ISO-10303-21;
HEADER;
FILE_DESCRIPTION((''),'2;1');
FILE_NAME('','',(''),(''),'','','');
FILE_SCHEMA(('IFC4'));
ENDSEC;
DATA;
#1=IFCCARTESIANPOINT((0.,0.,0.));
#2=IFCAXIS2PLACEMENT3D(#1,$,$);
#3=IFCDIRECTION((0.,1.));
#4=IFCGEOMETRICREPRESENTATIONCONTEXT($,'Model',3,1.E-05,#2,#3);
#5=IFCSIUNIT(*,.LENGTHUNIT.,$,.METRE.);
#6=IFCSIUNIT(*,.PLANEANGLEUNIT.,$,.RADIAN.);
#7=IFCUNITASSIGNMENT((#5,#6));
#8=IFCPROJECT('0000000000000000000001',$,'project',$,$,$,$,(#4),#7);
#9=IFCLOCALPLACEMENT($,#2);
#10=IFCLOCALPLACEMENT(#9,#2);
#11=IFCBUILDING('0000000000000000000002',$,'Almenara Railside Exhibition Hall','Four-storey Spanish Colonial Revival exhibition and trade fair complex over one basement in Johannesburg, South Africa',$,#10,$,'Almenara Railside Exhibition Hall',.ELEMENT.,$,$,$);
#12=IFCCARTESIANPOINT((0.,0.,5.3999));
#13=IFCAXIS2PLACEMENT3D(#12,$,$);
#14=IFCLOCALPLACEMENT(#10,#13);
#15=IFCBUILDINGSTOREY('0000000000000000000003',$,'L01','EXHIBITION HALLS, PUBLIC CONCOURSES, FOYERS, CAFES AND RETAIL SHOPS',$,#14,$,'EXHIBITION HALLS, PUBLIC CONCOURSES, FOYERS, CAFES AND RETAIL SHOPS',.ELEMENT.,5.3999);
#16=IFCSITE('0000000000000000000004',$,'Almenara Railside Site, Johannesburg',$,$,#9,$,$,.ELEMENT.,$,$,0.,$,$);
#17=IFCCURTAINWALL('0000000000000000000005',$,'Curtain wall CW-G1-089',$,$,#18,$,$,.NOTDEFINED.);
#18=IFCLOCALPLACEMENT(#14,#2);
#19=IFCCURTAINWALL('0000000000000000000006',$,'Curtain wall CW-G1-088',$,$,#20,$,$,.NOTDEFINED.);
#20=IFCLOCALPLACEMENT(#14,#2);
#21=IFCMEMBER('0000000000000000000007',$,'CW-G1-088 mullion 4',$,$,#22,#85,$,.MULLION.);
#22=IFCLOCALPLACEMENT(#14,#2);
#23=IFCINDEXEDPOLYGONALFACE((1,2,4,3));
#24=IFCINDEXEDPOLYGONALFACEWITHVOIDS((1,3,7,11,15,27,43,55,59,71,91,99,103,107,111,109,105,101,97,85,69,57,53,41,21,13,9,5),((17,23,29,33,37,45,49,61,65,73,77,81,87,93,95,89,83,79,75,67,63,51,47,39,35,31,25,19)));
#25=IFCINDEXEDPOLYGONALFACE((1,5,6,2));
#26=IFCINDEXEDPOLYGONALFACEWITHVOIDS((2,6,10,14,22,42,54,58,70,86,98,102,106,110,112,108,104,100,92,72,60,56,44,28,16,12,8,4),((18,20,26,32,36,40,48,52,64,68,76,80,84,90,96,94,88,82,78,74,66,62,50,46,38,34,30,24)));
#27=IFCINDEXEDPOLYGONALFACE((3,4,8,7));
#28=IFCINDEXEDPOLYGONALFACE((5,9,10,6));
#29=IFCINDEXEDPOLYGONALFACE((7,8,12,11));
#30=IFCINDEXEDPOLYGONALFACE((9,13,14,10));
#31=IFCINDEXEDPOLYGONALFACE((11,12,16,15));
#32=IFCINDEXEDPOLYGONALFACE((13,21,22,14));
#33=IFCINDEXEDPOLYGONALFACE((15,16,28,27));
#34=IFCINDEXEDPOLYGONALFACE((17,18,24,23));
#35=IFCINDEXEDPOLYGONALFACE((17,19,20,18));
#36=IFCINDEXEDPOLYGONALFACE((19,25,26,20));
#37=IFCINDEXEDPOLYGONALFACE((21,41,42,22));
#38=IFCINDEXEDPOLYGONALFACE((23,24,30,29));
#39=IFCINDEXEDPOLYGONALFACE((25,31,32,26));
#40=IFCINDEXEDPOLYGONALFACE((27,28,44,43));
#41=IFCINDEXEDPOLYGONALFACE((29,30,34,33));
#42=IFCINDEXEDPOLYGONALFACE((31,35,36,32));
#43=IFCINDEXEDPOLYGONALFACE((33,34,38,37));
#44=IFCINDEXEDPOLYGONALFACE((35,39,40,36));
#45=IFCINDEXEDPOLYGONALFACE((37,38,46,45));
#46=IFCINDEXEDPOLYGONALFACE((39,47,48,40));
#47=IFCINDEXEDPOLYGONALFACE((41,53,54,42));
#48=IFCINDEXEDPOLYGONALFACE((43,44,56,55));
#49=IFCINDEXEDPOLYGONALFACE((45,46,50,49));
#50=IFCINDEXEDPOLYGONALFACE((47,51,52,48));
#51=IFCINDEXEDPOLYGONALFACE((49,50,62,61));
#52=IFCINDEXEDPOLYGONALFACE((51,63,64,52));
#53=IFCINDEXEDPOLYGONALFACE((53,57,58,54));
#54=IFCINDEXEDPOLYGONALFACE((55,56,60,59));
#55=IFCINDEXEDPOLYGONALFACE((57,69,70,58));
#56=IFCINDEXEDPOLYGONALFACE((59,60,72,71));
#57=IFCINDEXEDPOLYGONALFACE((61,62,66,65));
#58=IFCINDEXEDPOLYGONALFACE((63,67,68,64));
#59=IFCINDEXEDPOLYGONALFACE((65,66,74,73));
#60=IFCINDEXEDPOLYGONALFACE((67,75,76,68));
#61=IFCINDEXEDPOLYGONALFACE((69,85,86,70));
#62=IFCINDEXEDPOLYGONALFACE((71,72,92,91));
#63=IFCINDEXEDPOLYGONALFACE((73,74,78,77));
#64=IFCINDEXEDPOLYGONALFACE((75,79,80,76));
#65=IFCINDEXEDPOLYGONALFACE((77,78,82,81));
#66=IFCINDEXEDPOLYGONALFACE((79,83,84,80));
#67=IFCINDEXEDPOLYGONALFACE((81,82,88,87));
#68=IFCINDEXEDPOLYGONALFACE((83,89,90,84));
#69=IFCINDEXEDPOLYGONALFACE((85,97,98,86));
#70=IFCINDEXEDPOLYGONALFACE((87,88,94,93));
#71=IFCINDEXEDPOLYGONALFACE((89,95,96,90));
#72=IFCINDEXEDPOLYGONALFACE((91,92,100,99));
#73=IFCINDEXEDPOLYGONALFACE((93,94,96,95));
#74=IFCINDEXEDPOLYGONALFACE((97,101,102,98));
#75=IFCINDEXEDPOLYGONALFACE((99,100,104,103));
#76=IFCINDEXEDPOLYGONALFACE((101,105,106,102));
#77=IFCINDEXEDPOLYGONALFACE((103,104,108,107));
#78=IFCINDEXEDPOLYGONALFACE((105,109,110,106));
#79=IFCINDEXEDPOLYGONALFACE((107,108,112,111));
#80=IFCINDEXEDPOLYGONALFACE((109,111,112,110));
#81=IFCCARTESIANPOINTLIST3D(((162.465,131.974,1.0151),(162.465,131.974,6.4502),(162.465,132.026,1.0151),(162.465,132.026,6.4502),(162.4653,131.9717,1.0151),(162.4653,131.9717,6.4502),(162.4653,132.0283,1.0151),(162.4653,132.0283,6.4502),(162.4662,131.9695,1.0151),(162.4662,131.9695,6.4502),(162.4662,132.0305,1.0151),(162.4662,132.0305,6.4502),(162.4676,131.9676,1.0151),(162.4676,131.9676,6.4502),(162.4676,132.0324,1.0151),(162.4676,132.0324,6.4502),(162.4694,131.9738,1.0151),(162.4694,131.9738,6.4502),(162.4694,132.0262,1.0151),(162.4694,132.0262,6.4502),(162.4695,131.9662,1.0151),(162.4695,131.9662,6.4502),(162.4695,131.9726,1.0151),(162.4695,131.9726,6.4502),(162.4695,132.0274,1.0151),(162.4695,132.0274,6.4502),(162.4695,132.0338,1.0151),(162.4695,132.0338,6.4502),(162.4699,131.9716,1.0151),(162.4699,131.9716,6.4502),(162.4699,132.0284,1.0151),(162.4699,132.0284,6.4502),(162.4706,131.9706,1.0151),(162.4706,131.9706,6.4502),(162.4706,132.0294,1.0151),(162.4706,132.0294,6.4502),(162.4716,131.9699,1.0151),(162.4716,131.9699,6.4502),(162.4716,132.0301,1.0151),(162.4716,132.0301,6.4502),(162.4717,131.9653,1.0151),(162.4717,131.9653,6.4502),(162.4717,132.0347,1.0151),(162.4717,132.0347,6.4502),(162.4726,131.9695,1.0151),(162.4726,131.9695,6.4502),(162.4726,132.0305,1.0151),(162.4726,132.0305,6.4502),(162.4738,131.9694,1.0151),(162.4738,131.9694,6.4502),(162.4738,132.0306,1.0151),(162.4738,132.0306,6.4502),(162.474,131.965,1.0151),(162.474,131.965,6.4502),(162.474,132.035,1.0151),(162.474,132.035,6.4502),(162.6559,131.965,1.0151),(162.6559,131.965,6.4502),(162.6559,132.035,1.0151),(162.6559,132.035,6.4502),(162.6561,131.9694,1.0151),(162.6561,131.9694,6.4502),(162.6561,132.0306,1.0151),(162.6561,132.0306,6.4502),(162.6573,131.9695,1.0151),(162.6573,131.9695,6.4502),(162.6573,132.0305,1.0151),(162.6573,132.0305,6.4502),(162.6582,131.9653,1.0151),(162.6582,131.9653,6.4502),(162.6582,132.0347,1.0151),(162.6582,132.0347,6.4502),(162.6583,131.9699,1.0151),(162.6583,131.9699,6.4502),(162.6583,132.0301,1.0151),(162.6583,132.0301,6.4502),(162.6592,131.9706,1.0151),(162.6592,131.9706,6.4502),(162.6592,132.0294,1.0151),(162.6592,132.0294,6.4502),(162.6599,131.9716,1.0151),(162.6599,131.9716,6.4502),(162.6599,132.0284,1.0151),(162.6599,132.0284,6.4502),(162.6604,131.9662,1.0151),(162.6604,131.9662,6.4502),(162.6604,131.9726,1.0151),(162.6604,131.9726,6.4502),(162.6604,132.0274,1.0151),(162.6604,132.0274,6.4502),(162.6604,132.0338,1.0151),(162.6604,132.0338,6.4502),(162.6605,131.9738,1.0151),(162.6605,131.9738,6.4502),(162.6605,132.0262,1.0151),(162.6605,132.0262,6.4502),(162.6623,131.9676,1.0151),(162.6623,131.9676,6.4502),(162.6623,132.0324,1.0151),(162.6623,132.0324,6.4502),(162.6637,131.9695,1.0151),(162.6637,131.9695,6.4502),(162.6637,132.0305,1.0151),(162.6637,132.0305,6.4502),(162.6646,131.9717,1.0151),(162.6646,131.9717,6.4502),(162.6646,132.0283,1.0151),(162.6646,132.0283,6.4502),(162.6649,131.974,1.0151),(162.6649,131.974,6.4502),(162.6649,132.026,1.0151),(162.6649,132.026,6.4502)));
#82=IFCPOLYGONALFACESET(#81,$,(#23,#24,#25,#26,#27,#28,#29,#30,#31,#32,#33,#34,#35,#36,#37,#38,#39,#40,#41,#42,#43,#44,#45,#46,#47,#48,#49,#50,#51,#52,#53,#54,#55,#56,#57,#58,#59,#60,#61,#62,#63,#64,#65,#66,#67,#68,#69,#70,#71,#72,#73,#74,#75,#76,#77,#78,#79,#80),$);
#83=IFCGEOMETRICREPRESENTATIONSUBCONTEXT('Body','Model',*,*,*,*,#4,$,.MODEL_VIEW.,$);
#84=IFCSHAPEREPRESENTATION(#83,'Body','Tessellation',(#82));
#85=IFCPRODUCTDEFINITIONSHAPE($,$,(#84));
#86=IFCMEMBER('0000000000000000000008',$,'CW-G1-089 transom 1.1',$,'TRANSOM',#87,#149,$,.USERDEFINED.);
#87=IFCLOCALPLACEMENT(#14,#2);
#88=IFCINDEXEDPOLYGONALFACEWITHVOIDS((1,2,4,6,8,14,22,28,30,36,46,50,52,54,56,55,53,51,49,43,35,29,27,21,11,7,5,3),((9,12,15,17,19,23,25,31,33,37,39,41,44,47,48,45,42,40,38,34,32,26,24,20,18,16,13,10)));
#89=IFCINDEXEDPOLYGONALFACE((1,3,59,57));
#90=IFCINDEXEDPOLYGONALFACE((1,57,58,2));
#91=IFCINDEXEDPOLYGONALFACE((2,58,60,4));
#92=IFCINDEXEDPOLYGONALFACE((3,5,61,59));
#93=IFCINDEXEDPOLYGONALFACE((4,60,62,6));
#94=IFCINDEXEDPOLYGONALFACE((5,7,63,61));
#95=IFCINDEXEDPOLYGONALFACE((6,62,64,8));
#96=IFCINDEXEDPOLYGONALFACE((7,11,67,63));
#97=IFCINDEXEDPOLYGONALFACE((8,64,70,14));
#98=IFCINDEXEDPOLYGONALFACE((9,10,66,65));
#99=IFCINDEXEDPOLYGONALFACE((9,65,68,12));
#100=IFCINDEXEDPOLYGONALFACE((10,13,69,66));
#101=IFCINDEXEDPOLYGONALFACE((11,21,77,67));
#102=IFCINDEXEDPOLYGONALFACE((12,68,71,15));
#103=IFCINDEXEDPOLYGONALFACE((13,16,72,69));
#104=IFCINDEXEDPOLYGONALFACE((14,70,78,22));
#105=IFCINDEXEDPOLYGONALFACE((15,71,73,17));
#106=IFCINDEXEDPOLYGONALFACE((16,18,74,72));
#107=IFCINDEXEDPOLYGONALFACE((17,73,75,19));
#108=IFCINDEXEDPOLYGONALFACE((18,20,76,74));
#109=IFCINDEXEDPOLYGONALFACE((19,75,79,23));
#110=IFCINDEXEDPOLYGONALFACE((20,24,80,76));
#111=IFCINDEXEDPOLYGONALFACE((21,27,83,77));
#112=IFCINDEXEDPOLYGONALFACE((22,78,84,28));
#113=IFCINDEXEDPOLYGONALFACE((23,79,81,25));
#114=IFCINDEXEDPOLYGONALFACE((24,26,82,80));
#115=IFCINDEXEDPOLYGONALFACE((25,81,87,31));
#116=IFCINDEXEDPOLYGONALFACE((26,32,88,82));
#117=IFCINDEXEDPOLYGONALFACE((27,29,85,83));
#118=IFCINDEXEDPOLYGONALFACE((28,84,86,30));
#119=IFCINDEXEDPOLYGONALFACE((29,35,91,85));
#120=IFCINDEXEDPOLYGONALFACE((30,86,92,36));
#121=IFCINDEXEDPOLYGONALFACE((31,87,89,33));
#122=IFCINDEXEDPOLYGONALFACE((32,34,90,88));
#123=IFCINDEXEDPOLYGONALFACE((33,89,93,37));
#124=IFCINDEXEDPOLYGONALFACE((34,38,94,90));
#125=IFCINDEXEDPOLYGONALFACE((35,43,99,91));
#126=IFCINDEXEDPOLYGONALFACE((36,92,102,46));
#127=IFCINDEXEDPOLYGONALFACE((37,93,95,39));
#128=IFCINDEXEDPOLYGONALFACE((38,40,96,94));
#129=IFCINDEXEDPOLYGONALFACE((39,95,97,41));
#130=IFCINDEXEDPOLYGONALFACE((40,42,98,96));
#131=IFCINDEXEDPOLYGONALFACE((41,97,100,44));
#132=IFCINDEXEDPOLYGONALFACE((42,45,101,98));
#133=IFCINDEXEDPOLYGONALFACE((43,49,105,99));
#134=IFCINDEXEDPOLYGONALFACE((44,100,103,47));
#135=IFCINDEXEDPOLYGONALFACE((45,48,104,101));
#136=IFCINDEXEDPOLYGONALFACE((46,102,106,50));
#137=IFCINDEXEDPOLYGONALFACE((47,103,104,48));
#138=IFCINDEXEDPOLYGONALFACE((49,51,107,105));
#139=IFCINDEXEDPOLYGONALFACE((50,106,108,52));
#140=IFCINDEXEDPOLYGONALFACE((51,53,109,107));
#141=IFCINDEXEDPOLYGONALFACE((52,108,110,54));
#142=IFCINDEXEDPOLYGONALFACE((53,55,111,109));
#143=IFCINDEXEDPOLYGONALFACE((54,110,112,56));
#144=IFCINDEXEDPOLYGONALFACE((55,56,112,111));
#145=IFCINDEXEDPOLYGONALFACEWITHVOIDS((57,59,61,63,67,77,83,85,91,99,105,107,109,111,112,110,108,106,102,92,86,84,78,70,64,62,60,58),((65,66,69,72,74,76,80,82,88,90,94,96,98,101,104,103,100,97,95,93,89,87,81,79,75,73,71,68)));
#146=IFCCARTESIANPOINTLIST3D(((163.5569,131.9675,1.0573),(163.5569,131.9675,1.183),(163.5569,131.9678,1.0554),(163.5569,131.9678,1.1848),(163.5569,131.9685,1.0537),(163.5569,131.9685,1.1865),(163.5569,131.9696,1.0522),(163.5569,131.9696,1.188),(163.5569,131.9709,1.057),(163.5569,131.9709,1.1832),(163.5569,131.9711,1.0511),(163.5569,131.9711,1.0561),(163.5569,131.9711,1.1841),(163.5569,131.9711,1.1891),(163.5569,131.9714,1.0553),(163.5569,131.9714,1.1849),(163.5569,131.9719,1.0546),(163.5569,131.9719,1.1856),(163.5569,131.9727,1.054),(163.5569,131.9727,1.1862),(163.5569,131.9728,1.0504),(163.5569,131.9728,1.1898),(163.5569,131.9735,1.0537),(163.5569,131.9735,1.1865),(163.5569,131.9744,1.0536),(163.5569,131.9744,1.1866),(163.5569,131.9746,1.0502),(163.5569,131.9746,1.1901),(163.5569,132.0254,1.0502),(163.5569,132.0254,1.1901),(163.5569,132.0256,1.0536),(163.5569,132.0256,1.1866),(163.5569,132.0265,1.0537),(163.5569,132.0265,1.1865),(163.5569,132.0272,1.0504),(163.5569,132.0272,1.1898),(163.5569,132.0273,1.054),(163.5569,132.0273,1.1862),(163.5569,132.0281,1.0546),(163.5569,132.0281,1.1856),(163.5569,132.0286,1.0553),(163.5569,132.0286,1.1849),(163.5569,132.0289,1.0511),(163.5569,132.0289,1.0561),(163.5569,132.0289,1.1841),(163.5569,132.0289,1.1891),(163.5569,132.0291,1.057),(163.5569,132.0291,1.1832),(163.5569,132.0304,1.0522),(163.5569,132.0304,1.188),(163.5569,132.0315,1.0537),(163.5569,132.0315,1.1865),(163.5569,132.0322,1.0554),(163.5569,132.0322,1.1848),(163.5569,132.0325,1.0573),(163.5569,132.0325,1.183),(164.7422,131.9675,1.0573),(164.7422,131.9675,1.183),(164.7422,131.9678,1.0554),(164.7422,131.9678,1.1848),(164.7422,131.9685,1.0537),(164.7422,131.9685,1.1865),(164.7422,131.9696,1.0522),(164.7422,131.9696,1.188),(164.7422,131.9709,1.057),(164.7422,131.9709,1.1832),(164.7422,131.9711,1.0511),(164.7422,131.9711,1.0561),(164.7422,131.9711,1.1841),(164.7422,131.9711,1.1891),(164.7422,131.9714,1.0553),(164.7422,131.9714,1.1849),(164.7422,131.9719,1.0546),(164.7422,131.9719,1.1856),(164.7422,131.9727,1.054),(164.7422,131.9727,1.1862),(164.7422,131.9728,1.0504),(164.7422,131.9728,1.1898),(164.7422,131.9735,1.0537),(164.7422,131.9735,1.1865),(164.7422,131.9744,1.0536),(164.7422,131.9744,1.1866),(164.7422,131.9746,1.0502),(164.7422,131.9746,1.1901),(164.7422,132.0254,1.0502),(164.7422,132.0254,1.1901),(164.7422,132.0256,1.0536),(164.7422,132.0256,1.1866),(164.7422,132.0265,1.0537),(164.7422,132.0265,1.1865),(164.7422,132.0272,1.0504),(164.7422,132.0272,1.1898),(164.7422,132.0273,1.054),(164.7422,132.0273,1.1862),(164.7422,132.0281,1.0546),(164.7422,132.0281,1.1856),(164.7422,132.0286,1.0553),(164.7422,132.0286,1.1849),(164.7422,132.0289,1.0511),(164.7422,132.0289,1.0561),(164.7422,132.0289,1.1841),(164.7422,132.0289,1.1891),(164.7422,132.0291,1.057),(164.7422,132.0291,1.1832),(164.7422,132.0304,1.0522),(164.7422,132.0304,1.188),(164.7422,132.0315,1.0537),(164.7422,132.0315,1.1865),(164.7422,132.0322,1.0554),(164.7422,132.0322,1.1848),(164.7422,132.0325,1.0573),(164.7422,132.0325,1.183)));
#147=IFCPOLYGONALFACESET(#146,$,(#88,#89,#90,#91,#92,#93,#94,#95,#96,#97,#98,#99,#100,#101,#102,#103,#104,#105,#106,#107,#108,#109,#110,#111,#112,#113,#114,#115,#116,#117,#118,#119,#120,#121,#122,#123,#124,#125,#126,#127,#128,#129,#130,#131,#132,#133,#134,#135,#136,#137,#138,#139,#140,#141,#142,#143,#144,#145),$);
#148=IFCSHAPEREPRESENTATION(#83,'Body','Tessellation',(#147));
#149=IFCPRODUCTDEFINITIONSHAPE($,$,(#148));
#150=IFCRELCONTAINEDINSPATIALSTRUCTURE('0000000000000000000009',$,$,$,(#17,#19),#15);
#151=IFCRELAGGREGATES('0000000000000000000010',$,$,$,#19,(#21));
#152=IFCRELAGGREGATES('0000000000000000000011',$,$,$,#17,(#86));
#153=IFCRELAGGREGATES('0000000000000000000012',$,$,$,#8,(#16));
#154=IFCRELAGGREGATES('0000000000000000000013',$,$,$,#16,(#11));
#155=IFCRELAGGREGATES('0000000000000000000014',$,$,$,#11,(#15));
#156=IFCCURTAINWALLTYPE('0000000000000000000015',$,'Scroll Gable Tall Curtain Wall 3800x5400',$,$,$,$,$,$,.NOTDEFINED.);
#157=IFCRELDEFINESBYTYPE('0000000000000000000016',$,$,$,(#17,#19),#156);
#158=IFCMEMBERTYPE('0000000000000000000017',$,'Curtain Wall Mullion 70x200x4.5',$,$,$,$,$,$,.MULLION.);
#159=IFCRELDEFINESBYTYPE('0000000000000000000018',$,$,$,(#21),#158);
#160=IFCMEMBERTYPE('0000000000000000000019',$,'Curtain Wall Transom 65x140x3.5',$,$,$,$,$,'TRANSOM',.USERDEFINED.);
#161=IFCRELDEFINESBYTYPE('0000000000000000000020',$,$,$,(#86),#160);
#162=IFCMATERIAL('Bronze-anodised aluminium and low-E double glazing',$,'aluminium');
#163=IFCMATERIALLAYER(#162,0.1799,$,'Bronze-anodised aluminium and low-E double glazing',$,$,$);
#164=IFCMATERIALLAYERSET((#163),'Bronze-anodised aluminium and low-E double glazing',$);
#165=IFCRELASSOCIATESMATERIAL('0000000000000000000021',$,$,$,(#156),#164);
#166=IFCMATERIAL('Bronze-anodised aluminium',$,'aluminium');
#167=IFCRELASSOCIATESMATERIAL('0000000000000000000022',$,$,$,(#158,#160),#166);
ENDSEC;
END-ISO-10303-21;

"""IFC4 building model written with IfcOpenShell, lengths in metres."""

from ifc_helpers import new_model, si_unit, direction, frame, origin, origin_2d, place, context, subcontext, project, spatial, hollow_rectangle, extrude, material, layer, layer_set, material_profile, profile_set, type_object, element, aggregate, save


model = new_model("IFC4")

# Units and contexts
model_context = context("Model", 3, precision=1e-05, world=origin(), true_north=direction((0.0, 1.0)))
body_context = subcontext(model_context, "Body", "Model", "MODEL_VIEW")
ifc_project = project(units=[si_unit("LENGTHUNIT", "METRE"), si_unit("PLANEANGLEUNIT", "RADIAN")], contexts=[model_context])

# Site, building, storey
site_placement = place(None, origin())
site = spatial("IfcSite", under=ifc_project, at=site_placement, Name="Almenara Railside Site, Johannesburg", CompositionType="ELEMENT", RefElevation=0.0)
building_placement = place(site_placement, origin())
building = spatial("IfcBuilding", under=site, at=building_placement, Name="Almenara Railside Exhibition Hall", Description="Four-storey Spanish Colonial Revival exhibition and trade fair complex over one basement in Johannesburg, South Africa", LongName="Almenara Railside Exhibition Hall", CompositionType="ELEMENT")
storey_placement = place(building_placement, frame((0.0, 0.0, 5.3999)))
storey = spatial("IfcBuildingStorey", under=building, at=storey_placement, Name="L01", Description="EXHIBITION HALLS, PUBLIC CONCOURSES, FOYERS, CAFES AND RETAIL SHOPS", LongName="EXHIBITION HALLS, PUBLIC CONCOURSES, FOYERS, CAFES AND RETAIL SHOPS", CompositionType="ELEMENT", Elevation=5.3999)

# Curtain wall
ifc_material_1 = material(Name="Bronze-anodised aluminium and low-E double glazing", Category="aluminium")
ifc_layer_1 = layer(ifc_material_1, 0.1799, Name="Bronze-anodised aluminium and low-E double glazing")
ifc_layer_set_1 = layer_set([ifc_layer_1], Name="Bronze-anodised aluminium and low-E double glazing")
curtain_wall_type = type_object("IfcCurtainWallType", Name="Scroll Gable Tall Curtain Wall 3800x5400", PredefinedType="NOTDEFINED", material=ifc_layer_set_1)
curtain_wall_1_placement = place(storey_placement, origin())
curtain_wall_1 = element("IfcCurtainWall", 1, at=curtain_wall_1_placement, inside=storey, type_object=curtain_wall_type, Name="Curtain wall CW-G1-089", PredefinedType="NOTDEFINED")
ifc_material_2 = material(Name="Bronze-anodised aluminium", Category="aluminium")

# Curtain wall, member
curtain_wall_2_placement = place(storey_placement, origin())
curtain_wall_2 = element("IfcCurtainWall", 2, at=curtain_wall_2_placement, inside=storey, type_object=curtain_wall_type, Name="Curtain wall CW-G1-088", PredefinedType="NOTDEFINED")
ifc_material_profile_1 = material_profile(ifc_material_2, hollow_rectangle(XDim=0.0701, YDim=0.2, WallThickness=0.0044, InnerFilletRadius=0.0044, OuterFilletRadius=0.009, at=origin_2d()), Name="ALU-MUL 70x200x4.5")
ifc_profile_set_1 = profile_set([ifc_material_profile_1], Name="Bronze-anodised aluminium")
member_type_1 = type_object("IfcMemberType", Name="Curtain Wall Mullion 70x200x4.5", PredefinedType="MULLION", material=ifc_profile_set_1)
member_1_placement = place(storey_placement, frame((162.5649, 132.0, 1.0151), z_axis=(0.0, 0.0, 1.0), x_axis=(0.0, 1.0, 0.0)))
member_1 = element("IfcMember", 3, at=member_1_placement, type_object=member_type_1, Name="CW-G1-088 mullion 4", PredefinedType="MULLION", context=body_context, shape_type="SweptSolid", body=[
    extrude(hollow_rectangle(XDim=0.0701, YDim=0.2, WallThickness=0.0044, InnerFilletRadius=0.0044, OuterFilletRadius=0.009, at=origin_2d()), origin(), (0.0, 0.0, 1.0), 5.4351),
])

# Member
ifc_material_profile_2 = material_profile(ifc_material_2, hollow_rectangle(XDim=0.0649, YDim=0.1399, WallThickness=0.0034, InnerFilletRadius=0.0034, OuterFilletRadius=0.0071, at=origin_2d()), Name="ALU-TRN 65x140x3.5")
ifc_profile_set_2 = profile_set([ifc_material_profile_2], Name="Bronze-anodised aluminium")
member_type_2 = type_object("IfcMemberType", Name="Curtain Wall Transom 65x140x3.5", ElementType="TRANSOM", PredefinedType="USERDEFINED", material=ifc_profile_set_2)
member_2_placement = place(storey_placement, frame((163.5569, 132.0, 1.1201), z_axis=(1.0, 0.0, 0.0), x_axis=(0.0, 1.0, 0.0)))
member_2 = element("IfcMember", 4, at=member_2_placement, type_object=member_type_2, Name="CW-G1-089 transom 1.1", ObjectType="TRANSOM", PredefinedType="USERDEFINED", context=body_context, shape_type="SweptSolid", body=[
    extrude(hollow_rectangle(XDim=0.0649, YDim=0.1399, WallThickness=0.0034, InnerFilletRadius=0.0034, OuterFilletRadius=0.0071, at=origin_2d()), origin(), (0.0, 0.0, 1.0), 1.1853),
])

aggregate(curtain_wall_2, [member_1])
aggregate(curtain_wall_1, [member_2])

save(model, "model.ifc")
